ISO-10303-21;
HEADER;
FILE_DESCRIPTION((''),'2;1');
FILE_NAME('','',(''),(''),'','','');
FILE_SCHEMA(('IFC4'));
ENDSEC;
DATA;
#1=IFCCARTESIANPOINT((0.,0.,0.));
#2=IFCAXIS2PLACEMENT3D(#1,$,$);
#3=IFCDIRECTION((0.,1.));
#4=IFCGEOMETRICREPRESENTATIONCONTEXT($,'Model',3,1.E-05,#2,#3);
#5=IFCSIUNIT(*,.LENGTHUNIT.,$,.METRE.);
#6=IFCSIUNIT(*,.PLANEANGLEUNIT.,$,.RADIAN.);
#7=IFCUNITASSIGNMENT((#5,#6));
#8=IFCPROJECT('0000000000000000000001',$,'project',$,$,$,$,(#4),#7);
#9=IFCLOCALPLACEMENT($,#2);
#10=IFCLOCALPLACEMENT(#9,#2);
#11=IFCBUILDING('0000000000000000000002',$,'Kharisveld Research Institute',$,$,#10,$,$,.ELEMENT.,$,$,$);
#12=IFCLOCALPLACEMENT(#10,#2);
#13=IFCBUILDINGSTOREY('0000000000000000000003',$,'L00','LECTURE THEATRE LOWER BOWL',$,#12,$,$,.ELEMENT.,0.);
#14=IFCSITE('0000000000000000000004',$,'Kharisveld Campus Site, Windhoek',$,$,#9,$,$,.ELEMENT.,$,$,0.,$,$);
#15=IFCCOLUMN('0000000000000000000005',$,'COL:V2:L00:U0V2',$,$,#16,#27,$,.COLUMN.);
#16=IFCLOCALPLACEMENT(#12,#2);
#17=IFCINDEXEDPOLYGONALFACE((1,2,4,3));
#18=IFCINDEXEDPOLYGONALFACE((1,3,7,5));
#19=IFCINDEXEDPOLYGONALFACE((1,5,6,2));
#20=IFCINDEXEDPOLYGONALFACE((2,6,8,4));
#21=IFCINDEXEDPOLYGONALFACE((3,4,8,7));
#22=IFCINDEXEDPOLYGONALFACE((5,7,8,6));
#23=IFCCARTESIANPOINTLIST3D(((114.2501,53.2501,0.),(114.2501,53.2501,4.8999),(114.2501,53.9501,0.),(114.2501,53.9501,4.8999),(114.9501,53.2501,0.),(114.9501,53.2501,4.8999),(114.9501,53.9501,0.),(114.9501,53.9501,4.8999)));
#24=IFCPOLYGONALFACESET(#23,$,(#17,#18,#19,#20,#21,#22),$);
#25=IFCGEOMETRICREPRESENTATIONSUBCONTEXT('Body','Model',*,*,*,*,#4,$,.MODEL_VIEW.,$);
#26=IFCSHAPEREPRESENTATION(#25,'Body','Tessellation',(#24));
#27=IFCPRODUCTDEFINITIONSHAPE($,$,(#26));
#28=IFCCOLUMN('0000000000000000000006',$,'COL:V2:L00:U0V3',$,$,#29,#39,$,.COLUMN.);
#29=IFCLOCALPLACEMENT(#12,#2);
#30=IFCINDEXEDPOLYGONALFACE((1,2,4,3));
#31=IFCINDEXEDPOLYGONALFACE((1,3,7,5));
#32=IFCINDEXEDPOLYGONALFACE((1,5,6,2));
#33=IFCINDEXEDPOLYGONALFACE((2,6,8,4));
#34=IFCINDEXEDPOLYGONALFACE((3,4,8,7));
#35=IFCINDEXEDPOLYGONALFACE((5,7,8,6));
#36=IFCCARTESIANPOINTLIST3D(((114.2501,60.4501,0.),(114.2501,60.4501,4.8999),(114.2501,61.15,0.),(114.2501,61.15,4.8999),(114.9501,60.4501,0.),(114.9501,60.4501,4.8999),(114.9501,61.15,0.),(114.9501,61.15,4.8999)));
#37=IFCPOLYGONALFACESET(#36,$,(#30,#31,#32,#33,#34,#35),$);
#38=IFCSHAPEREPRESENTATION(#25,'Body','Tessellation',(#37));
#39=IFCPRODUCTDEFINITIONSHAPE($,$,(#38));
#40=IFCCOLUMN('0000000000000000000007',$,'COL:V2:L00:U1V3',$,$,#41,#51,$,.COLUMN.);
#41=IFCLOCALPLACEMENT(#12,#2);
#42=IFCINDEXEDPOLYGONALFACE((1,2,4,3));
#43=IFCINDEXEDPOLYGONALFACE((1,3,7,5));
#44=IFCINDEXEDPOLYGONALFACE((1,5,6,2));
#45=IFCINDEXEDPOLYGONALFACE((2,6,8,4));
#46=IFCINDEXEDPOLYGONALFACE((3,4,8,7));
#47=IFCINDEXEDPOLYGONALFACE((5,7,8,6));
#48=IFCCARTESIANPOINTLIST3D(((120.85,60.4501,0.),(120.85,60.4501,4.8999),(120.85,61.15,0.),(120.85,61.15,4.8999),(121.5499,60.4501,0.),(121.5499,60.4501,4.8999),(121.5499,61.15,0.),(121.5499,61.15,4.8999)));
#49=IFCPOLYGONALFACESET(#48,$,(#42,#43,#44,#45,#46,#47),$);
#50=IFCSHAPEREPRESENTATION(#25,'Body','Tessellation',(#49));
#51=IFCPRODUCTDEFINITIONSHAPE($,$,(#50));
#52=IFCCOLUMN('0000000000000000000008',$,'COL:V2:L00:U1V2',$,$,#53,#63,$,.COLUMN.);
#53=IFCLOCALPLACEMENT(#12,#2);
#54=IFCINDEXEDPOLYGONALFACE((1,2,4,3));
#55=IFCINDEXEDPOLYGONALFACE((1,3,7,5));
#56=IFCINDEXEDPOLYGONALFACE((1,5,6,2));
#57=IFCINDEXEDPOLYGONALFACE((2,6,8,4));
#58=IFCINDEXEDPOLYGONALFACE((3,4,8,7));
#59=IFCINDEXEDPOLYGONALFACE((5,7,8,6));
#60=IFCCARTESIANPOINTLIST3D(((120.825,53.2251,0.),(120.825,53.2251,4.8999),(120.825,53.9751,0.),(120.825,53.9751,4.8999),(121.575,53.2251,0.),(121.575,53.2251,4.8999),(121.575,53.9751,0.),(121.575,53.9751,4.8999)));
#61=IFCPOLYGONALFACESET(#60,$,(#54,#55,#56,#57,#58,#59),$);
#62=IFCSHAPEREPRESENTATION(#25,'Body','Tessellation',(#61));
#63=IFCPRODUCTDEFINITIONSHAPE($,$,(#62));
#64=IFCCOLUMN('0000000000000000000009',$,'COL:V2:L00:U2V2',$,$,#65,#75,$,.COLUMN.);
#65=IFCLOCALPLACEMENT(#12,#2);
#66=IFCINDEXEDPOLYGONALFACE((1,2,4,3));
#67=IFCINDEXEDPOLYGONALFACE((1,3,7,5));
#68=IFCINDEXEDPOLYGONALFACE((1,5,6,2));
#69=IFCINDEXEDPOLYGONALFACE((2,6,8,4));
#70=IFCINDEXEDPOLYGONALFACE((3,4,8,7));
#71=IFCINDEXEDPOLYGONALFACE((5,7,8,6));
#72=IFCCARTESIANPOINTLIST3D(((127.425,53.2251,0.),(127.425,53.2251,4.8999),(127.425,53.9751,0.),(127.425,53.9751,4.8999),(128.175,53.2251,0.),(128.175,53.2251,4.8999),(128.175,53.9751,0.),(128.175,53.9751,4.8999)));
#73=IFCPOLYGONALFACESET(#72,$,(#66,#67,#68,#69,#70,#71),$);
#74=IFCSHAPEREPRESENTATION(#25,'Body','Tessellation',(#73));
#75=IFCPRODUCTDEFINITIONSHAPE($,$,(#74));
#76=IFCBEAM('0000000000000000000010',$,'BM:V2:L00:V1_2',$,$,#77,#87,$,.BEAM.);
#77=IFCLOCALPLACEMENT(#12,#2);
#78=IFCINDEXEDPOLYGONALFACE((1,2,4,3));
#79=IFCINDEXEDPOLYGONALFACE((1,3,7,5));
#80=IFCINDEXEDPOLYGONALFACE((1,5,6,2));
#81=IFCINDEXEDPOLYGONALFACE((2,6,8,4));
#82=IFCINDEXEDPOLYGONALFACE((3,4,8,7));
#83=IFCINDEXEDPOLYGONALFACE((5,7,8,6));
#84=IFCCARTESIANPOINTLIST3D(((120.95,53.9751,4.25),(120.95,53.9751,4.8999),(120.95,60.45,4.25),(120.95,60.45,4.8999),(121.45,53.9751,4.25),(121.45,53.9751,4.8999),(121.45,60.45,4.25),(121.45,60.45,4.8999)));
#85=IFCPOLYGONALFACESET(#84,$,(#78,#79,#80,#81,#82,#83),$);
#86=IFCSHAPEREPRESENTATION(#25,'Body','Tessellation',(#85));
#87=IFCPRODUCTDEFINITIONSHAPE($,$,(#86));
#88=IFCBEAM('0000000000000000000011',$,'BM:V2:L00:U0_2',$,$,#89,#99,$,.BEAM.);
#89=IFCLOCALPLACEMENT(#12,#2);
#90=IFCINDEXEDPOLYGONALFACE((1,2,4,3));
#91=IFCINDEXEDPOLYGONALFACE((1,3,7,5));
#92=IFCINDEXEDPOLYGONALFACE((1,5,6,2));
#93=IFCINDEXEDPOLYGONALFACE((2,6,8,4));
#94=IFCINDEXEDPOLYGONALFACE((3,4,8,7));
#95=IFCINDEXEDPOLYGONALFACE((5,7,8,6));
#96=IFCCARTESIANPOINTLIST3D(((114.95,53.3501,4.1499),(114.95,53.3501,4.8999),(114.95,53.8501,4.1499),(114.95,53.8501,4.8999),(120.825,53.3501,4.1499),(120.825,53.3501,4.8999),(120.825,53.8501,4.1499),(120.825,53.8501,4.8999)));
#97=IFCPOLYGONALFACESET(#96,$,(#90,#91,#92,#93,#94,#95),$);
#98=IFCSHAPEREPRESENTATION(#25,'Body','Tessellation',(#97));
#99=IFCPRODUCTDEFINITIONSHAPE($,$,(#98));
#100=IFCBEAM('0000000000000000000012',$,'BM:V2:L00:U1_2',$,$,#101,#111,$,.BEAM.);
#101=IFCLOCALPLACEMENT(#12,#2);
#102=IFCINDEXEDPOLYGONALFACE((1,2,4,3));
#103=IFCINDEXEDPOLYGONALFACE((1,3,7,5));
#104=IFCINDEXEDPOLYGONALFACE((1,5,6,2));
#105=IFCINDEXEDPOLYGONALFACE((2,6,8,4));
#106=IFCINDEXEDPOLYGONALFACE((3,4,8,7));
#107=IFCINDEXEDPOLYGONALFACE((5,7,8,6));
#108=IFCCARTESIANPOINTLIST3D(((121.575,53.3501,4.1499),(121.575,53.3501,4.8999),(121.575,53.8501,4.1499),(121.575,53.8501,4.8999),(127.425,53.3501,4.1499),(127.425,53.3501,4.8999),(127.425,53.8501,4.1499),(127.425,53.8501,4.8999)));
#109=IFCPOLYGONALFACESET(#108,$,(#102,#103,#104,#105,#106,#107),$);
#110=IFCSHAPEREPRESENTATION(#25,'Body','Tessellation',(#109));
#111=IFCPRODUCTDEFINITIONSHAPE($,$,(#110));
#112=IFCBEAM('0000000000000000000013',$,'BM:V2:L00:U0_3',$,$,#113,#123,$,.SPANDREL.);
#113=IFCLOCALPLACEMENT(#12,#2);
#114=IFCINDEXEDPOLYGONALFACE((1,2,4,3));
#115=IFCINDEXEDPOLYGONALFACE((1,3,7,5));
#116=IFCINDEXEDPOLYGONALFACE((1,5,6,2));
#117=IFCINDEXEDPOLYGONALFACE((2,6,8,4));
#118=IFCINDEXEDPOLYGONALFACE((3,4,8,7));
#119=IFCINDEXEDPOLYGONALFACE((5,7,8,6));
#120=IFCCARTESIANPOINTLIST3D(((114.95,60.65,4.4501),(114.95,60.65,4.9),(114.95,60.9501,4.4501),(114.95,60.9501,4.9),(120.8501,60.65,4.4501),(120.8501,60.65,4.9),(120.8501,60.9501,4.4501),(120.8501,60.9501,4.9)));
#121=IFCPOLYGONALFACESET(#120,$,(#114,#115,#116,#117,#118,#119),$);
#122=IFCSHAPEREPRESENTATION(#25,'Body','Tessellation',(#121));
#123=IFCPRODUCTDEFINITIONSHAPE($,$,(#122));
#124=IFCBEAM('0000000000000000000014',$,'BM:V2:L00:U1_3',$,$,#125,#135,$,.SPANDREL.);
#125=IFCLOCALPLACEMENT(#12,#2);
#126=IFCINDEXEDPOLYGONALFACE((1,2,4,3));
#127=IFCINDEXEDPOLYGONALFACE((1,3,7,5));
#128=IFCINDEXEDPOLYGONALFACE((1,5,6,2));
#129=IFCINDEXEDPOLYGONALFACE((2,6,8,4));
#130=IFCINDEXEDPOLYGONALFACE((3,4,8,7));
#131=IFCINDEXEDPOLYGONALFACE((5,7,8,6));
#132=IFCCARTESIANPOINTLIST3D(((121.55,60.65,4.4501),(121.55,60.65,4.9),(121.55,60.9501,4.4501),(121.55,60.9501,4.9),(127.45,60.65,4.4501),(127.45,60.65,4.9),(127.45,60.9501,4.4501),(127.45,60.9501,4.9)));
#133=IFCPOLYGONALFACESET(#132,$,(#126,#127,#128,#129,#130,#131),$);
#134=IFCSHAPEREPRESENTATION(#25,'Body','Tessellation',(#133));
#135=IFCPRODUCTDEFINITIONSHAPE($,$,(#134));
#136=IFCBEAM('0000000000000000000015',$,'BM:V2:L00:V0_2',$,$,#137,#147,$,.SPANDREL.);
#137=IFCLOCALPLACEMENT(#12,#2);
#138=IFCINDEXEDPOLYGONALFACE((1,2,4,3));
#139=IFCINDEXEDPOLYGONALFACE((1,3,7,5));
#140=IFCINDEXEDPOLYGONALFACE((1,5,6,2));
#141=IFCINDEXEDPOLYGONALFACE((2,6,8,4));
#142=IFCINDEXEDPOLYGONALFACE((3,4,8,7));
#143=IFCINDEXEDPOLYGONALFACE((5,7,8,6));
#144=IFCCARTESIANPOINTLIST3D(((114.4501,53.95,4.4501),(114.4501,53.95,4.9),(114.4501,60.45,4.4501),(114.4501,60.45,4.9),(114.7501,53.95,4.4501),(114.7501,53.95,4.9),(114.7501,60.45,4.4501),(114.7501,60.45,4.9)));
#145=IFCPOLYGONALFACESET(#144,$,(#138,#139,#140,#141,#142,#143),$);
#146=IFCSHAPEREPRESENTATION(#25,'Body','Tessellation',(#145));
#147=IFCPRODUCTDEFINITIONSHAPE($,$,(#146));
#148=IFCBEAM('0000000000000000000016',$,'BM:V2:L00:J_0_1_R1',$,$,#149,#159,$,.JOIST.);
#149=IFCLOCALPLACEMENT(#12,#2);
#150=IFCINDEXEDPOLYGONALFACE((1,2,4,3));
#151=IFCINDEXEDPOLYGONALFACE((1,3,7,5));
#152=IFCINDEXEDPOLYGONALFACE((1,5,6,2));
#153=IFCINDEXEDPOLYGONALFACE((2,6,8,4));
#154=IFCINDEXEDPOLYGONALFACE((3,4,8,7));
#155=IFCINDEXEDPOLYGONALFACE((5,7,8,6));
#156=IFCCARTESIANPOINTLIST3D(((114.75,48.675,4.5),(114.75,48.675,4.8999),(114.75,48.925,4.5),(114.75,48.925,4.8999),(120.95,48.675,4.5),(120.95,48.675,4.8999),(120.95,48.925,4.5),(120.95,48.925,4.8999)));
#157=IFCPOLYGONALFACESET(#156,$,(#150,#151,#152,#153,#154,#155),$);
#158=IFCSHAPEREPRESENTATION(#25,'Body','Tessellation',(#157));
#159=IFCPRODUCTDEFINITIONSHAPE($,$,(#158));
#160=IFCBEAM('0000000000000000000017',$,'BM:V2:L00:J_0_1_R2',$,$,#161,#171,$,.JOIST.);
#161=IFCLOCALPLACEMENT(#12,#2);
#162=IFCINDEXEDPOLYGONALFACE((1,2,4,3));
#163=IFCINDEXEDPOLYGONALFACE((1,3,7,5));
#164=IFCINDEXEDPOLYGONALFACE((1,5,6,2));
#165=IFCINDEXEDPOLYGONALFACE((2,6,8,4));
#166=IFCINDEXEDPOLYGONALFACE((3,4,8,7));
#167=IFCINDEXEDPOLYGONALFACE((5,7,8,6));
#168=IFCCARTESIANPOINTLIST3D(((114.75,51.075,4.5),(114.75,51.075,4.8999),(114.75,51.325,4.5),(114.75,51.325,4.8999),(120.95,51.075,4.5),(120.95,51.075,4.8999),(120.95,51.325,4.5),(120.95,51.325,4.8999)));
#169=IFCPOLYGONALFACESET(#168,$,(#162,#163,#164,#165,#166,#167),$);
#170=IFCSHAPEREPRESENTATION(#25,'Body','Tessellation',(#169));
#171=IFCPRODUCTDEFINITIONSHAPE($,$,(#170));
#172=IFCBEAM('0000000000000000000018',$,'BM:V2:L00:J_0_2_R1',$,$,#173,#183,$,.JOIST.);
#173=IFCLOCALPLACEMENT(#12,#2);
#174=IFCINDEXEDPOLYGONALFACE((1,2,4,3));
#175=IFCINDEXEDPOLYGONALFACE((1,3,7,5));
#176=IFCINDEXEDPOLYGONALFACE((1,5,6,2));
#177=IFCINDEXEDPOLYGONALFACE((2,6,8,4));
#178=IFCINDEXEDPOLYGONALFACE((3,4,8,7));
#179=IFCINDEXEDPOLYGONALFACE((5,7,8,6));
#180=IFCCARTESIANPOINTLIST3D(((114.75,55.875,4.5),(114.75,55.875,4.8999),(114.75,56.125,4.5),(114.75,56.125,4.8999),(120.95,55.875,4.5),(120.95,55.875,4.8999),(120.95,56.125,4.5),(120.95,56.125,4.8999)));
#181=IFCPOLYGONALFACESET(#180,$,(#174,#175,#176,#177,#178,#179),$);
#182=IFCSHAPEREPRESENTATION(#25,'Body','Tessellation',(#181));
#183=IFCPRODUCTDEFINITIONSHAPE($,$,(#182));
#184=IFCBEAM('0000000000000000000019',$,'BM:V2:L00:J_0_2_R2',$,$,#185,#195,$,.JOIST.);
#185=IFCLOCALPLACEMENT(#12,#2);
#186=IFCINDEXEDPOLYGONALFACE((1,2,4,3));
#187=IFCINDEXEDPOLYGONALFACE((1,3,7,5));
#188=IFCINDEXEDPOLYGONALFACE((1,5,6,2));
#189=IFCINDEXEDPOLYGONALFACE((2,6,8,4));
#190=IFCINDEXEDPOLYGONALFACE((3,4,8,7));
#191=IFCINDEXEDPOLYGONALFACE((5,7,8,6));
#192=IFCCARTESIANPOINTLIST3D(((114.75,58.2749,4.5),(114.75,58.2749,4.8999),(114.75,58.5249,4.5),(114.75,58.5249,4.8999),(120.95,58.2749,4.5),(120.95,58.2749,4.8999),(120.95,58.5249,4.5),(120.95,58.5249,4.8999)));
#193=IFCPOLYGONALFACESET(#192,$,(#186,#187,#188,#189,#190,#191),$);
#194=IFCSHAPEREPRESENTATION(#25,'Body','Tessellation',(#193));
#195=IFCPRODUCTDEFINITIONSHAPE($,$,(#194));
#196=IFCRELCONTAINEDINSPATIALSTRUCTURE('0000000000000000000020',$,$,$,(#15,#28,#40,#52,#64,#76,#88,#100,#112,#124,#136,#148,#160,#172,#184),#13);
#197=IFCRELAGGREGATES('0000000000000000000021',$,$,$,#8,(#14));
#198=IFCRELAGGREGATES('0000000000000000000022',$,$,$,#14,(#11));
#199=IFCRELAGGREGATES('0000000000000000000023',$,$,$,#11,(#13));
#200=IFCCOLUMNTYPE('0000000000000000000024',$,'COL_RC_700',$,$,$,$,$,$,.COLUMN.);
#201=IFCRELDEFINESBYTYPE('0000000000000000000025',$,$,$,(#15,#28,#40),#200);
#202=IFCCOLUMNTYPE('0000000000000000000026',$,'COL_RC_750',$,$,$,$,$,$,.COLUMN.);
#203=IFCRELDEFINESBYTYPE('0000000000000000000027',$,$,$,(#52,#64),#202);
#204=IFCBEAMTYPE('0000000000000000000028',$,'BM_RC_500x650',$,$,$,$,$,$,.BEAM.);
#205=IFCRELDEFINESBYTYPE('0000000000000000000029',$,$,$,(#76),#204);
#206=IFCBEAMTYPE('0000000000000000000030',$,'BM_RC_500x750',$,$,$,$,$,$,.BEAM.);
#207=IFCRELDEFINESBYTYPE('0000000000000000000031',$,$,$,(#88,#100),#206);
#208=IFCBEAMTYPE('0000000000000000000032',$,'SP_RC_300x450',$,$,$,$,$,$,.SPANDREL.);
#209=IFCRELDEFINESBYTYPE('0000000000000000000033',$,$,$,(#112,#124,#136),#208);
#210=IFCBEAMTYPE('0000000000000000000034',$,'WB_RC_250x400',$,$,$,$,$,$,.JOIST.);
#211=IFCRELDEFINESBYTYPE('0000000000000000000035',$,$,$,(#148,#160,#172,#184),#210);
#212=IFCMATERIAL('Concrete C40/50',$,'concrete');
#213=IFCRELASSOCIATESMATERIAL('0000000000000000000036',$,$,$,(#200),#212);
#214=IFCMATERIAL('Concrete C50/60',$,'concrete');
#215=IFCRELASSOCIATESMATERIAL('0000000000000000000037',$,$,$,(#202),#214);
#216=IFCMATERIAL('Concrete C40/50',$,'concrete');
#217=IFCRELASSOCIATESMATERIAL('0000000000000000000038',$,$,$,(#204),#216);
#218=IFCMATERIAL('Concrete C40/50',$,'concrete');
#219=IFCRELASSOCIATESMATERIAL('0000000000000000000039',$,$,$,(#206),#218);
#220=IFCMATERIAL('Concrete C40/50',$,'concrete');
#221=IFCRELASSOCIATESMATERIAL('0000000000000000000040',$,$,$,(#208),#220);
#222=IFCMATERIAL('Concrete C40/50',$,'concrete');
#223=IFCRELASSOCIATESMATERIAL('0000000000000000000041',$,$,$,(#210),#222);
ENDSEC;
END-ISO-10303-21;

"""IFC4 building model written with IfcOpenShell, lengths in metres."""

from ifc_helpers import new_model, si_unit, direction, frame, origin, origin_2d, place, context, subcontext, project, spatial, rectangle, extrude, material, material_profile, profile_set, type_object, element, save


model = new_model("IFC4")

# Units and contexts
model_context = context("Model", 3, precision=1e-05, world=origin(), true_north=direction((0.0, 1.0)))
body_context = subcontext(model_context, "Body", "Model", "MODEL_VIEW")
ifc_project = project(units=[si_unit("LENGTHUNIT", "METRE"), si_unit("PLANEANGLEUNIT", "RADIAN")], contexts=[model_context])

# Site, building, storey
site_placement = place(None, origin())
site = spatial("IfcSite", under=ifc_project, at=site_placement, Name="Kharisveld Campus Site, Windhoek", CompositionType="ELEMENT", RefElevation=0.0)
building_placement = place(site_placement, origin())
building = spatial("IfcBuilding", under=site, at=building_placement, Name="Kharisveld Research Institute", CompositionType="ELEMENT")
storey_placement = place(building_placement, origin())
storey = spatial("IfcBuildingStorey", under=building, at=storey_placement, Name="L00", Description="LECTURE THEATRE LOWER BOWL", CompositionType="ELEMENT", Elevation=0.0)

# Columns
ifc_material_1 = material(Name="Concrete C40/50", Category="concrete")
ifc_material_profile_1 = material_profile(ifc_material_1, rectangle(XDim=0.7, YDim=0.7, at=origin_2d()))
ifc_profile_set_1 = profile_set([ifc_material_profile_1], Name="Concrete C40/50")
column_type_1 = type_object("IfcColumnType", Name="COL_RC_700", PredefinedType="COLUMN", material=ifc_profile_set_1)
for number, where, z_axis, x_axis, name in (
    (1, (114.6001, 53.6001, 0.0), (0.0, 0.0, 1.0), (1.0, 0.0, 0.0), "COL:V2:L00:U0V2"),
    (2, (114.6001, 60.8, 0.0), (0.0, 0.0, 1.0), (1.0, 0.0, 0.0), "COL:V2:L00:U0V3"),
    (3, (121.2, 60.8, 0.0), (0.0, 0.0, 1.0), (1.0, 0.0, 0.0), "COL:V2:L00:U1V3"),
):
    element("IfcColumn", number, at=place(storey_placement, frame(where, z_axis=z_axis, x_axis=x_axis)), inside=storey, type_object=column_type_1, Name=name, PredefinedType="COLUMN", context=body_context, shape_type="SweptSolid", body=[
        extrude(rectangle(XDim=0.7, YDim=0.7, at=origin_2d()), origin(), (0.0, 0.0, 1.0), 4.8999),
    ])
ifc_material_2 = material(Name="Concrete C50/60", Category="concrete")
ifc_material_profile_2 = material_profile(ifc_material_2, rectangle(XDim=0.75, YDim=0.75, at=origin_2d()))
ifc_profile_set_2 = profile_set([ifc_material_profile_2], Name="Concrete C50/60")
column_type_2 = type_object("IfcColumnType", Name="COL_RC_750", PredefinedType="COLUMN", material=ifc_profile_set_2)
for number, where, z_axis, x_axis, name in (
    (4, (121.2, 53.6001, 0.0), (0.0, 0.0, 1.0), (1.0, 0.0, 0.0), "COL:V2:L00:U1V2"),
    (5, (127.8, 53.6001, 0.0), (0.0, 0.0, 1.0), (1.0, 0.0, 0.0), "COL:V2:L00:U2V2"),
):
    element("IfcColumn", number, at=place(storey_placement, frame(where, z_axis=z_axis, x_axis=x_axis)), inside=storey, type_object=column_type_2, Name=name, PredefinedType="COLUMN", context=body_context, shape_type="SweptSolid", body=[
        extrude(rectangle(XDim=0.75, YDim=0.75, at=origin_2d()), origin(), (0.0, 0.0, 1.0), 4.8999),
    ])

# Beams
ifc_material_3 = material(Name="Concrete C40/50", Category="concrete")
ifc_material_profile_3 = material_profile(ifc_material_3, rectangle(XDim=0.5, YDim=0.6499, at=origin_2d()))
ifc_profile_set_3 = profile_set([ifc_material_profile_3], Name="Concrete C40/50")
beam_type_1 = type_object("IfcBeamType", Name="BM_RC_500x650", PredefinedType="BEAM", material=ifc_profile_set_3)
beam_1_placement = place(storey_placement, frame((121.2, 53.9751, 4.575), z_axis=(0.0, 1.0, 0.0), x_axis=(-1.0, 0.0, 0.0)))
element("IfcBeam", 6, at=beam_1_placement, inside=storey, type_object=beam_type_1, Name="BM:V2:L00:V1_2", PredefinedType="BEAM", context=body_context, shape_type="SweptSolid", body=[
    extrude(rectangle(XDim=0.5, YDim=0.6499, at=origin_2d()), origin(), (0.0, 0.0, 1.0), 6.4749),
])
ifc_material_4 = material(Name="Concrete C40/50", Category="concrete")
ifc_material_profile_4 = material_profile(ifc_material_4, rectangle(XDim=0.5, YDim=0.75, at=origin_2d()))
ifc_profile_set_4 = profile_set([ifc_material_profile_4], Name="Concrete C40/50")
beam_type_2 = type_object("IfcBeamType", Name="BM_RC_500x750", PredefinedType="BEAM", material=ifc_profile_set_4)
beam_2_placement = place(storey_placement, frame((114.95, 53.6001, 4.5249), z_axis=(1.0, 0.0, 0.0), x_axis=(0.0, 1.0, 0.0)))
element("IfcBeam", 7, at=beam_2_placement, inside=storey, type_object=beam_type_2, Name="BM:V2:L00:U0_2", PredefinedType="BEAM", context=body_context, shape_type="SweptSolid", body=[
    extrude(rectangle(XDim=0.5, YDim=0.75, at=origin_2d()), origin(), (0.0, 0.0, 1.0), 5.875),
])
beam_3_placement = place(storey_placement, frame((121.575, 53.6001, 4.5249), z_axis=(1.0, 0.0, 0.0), x_axis=(0.0, 1.0, 0.0)))
element("IfcBeam", 8, at=beam_3_placement, inside=storey, type_object=beam_type_2, Name="BM:V2:L00:U1_2", PredefinedType="BEAM", context=body_context, shape_type="SweptSolid", body=[
    extrude(rectangle(XDim=0.5, YDim=0.75, at=origin_2d()), origin(), (0.0, 0.0, 1.0), 5.8501),
])
ifc_material_5 = material(Name="Concrete C40/50", Category="concrete")
ifc_material_profile_5 = material_profile(ifc_material_5, rectangle(XDim=0.3, YDim=0.45, at=origin_2d()))
ifc_profile_set_5 = profile_set([ifc_material_profile_5], Name="Concrete C40/50")
beam_type_3 = type_object("IfcBeamType", Name="SP_RC_300x450", PredefinedType="SPANDREL", material=ifc_profile_set_5)
beam_4_placement = place(storey_placement, frame((114.95, 60.8, 4.675), z_axis=(1.0, 0.0, 0.0), x_axis=(0.0, 1.0, 0.0)))
element("IfcBeam", 9, at=beam_4_placement, inside=storey, type_object=beam_type_3, Name="BM:V2:L00:U0_3", PredefinedType="SPANDREL", context=body_context, shape_type="SweptSolid", body=[
    extrude(rectangle(XDim=0.3, YDim=0.45, at=origin_2d()), origin(), (0.0, 0.0, 1.0), 5.9001),
])
beam_5_placement = place(storey_placement, frame((121.55, 60.8, 4.675), z_axis=(1.0, 0.0, 0.0), x_axis=(0.0, 1.0, 0.0)))
element("IfcBeam", 10, at=beam_5_placement, inside=storey, type_object=beam_type_3, Name="BM:V2:L00:U1_3", PredefinedType="SPANDREL", context=body_context, shape_type="SweptSolid", body=[
    extrude(rectangle(XDim=0.3, YDim=0.45, at=origin_2d()), origin(), (0.0, 0.0, 1.0), 5.8999),
])
beam_6_placement = place(storey_placement, frame((114.6001, 53.95, 4.675), z_axis=(0.0, 1.0, 0.0), x_axis=(-1.0, 0.0, 0.0)))
element("IfcBeam", 11, at=beam_6_placement, inside=storey, type_object=beam_type_3, Name="BM:V2:L00:V0_2", PredefinedType="SPANDREL", context=body_context, shape_type="SweptSolid", body=[
    extrude(rectangle(XDim=0.3, YDim=0.45, at=origin_2d()), origin(), (0.0, 0.0, 1.0), 6.5),
])
ifc_material_6 = material(Name="Concrete C40/50", Category="concrete")
ifc_material_profile_6 = material_profile(ifc_material_6, rectangle(XDim=0.25, YDim=0.3999, at=origin_2d()))
ifc_profile_set_6 = profile_set([ifc_material_profile_6], Name="Concrete C40/50")
beam_type_4 = type_object("IfcBeamType", Name="WB_RC_250x400", PredefinedType="JOIST", material=ifc_profile_set_6)
for number, where, z_axis, x_axis, name in (
    (12, (114.75, 48.8, 4.7), (1.0, 0.0, 0.0), (0.0, 1.0, 0.0), "BM:V2:L00:J_0_1_R1"),
    (13, (114.75, 51.2, 4.7), (1.0, 0.0, 0.0), (0.0, 1.0, 0.0), "BM:V2:L00:J_0_1_R2"),
    (14, (114.75, 56.0, 4.7), (1.0, 0.0, 0.0), (0.0, 1.0, 0.0), "BM:V2:L00:J_0_2_R1"),
    (15, (114.75, 58.3999, 4.7), (1.0, 0.0, 0.0), (0.0, 1.0, 0.0), "BM:V2:L00:J_0_2_R2"),
):
    element("IfcBeam", number, at=place(storey_placement, frame(where, z_axis=z_axis, x_axis=x_axis)), inside=storey, type_object=beam_type_4, Name=name, PredefinedType="JOIST", context=body_context, shape_type="SweptSolid", body=[
        extrude(rectangle(XDim=0.25, YDim=0.3999, at=origin_2d()), origin(), (0.0, 0.0, 1.0), 6.2),
    ])

save(model, "model.ifc")
